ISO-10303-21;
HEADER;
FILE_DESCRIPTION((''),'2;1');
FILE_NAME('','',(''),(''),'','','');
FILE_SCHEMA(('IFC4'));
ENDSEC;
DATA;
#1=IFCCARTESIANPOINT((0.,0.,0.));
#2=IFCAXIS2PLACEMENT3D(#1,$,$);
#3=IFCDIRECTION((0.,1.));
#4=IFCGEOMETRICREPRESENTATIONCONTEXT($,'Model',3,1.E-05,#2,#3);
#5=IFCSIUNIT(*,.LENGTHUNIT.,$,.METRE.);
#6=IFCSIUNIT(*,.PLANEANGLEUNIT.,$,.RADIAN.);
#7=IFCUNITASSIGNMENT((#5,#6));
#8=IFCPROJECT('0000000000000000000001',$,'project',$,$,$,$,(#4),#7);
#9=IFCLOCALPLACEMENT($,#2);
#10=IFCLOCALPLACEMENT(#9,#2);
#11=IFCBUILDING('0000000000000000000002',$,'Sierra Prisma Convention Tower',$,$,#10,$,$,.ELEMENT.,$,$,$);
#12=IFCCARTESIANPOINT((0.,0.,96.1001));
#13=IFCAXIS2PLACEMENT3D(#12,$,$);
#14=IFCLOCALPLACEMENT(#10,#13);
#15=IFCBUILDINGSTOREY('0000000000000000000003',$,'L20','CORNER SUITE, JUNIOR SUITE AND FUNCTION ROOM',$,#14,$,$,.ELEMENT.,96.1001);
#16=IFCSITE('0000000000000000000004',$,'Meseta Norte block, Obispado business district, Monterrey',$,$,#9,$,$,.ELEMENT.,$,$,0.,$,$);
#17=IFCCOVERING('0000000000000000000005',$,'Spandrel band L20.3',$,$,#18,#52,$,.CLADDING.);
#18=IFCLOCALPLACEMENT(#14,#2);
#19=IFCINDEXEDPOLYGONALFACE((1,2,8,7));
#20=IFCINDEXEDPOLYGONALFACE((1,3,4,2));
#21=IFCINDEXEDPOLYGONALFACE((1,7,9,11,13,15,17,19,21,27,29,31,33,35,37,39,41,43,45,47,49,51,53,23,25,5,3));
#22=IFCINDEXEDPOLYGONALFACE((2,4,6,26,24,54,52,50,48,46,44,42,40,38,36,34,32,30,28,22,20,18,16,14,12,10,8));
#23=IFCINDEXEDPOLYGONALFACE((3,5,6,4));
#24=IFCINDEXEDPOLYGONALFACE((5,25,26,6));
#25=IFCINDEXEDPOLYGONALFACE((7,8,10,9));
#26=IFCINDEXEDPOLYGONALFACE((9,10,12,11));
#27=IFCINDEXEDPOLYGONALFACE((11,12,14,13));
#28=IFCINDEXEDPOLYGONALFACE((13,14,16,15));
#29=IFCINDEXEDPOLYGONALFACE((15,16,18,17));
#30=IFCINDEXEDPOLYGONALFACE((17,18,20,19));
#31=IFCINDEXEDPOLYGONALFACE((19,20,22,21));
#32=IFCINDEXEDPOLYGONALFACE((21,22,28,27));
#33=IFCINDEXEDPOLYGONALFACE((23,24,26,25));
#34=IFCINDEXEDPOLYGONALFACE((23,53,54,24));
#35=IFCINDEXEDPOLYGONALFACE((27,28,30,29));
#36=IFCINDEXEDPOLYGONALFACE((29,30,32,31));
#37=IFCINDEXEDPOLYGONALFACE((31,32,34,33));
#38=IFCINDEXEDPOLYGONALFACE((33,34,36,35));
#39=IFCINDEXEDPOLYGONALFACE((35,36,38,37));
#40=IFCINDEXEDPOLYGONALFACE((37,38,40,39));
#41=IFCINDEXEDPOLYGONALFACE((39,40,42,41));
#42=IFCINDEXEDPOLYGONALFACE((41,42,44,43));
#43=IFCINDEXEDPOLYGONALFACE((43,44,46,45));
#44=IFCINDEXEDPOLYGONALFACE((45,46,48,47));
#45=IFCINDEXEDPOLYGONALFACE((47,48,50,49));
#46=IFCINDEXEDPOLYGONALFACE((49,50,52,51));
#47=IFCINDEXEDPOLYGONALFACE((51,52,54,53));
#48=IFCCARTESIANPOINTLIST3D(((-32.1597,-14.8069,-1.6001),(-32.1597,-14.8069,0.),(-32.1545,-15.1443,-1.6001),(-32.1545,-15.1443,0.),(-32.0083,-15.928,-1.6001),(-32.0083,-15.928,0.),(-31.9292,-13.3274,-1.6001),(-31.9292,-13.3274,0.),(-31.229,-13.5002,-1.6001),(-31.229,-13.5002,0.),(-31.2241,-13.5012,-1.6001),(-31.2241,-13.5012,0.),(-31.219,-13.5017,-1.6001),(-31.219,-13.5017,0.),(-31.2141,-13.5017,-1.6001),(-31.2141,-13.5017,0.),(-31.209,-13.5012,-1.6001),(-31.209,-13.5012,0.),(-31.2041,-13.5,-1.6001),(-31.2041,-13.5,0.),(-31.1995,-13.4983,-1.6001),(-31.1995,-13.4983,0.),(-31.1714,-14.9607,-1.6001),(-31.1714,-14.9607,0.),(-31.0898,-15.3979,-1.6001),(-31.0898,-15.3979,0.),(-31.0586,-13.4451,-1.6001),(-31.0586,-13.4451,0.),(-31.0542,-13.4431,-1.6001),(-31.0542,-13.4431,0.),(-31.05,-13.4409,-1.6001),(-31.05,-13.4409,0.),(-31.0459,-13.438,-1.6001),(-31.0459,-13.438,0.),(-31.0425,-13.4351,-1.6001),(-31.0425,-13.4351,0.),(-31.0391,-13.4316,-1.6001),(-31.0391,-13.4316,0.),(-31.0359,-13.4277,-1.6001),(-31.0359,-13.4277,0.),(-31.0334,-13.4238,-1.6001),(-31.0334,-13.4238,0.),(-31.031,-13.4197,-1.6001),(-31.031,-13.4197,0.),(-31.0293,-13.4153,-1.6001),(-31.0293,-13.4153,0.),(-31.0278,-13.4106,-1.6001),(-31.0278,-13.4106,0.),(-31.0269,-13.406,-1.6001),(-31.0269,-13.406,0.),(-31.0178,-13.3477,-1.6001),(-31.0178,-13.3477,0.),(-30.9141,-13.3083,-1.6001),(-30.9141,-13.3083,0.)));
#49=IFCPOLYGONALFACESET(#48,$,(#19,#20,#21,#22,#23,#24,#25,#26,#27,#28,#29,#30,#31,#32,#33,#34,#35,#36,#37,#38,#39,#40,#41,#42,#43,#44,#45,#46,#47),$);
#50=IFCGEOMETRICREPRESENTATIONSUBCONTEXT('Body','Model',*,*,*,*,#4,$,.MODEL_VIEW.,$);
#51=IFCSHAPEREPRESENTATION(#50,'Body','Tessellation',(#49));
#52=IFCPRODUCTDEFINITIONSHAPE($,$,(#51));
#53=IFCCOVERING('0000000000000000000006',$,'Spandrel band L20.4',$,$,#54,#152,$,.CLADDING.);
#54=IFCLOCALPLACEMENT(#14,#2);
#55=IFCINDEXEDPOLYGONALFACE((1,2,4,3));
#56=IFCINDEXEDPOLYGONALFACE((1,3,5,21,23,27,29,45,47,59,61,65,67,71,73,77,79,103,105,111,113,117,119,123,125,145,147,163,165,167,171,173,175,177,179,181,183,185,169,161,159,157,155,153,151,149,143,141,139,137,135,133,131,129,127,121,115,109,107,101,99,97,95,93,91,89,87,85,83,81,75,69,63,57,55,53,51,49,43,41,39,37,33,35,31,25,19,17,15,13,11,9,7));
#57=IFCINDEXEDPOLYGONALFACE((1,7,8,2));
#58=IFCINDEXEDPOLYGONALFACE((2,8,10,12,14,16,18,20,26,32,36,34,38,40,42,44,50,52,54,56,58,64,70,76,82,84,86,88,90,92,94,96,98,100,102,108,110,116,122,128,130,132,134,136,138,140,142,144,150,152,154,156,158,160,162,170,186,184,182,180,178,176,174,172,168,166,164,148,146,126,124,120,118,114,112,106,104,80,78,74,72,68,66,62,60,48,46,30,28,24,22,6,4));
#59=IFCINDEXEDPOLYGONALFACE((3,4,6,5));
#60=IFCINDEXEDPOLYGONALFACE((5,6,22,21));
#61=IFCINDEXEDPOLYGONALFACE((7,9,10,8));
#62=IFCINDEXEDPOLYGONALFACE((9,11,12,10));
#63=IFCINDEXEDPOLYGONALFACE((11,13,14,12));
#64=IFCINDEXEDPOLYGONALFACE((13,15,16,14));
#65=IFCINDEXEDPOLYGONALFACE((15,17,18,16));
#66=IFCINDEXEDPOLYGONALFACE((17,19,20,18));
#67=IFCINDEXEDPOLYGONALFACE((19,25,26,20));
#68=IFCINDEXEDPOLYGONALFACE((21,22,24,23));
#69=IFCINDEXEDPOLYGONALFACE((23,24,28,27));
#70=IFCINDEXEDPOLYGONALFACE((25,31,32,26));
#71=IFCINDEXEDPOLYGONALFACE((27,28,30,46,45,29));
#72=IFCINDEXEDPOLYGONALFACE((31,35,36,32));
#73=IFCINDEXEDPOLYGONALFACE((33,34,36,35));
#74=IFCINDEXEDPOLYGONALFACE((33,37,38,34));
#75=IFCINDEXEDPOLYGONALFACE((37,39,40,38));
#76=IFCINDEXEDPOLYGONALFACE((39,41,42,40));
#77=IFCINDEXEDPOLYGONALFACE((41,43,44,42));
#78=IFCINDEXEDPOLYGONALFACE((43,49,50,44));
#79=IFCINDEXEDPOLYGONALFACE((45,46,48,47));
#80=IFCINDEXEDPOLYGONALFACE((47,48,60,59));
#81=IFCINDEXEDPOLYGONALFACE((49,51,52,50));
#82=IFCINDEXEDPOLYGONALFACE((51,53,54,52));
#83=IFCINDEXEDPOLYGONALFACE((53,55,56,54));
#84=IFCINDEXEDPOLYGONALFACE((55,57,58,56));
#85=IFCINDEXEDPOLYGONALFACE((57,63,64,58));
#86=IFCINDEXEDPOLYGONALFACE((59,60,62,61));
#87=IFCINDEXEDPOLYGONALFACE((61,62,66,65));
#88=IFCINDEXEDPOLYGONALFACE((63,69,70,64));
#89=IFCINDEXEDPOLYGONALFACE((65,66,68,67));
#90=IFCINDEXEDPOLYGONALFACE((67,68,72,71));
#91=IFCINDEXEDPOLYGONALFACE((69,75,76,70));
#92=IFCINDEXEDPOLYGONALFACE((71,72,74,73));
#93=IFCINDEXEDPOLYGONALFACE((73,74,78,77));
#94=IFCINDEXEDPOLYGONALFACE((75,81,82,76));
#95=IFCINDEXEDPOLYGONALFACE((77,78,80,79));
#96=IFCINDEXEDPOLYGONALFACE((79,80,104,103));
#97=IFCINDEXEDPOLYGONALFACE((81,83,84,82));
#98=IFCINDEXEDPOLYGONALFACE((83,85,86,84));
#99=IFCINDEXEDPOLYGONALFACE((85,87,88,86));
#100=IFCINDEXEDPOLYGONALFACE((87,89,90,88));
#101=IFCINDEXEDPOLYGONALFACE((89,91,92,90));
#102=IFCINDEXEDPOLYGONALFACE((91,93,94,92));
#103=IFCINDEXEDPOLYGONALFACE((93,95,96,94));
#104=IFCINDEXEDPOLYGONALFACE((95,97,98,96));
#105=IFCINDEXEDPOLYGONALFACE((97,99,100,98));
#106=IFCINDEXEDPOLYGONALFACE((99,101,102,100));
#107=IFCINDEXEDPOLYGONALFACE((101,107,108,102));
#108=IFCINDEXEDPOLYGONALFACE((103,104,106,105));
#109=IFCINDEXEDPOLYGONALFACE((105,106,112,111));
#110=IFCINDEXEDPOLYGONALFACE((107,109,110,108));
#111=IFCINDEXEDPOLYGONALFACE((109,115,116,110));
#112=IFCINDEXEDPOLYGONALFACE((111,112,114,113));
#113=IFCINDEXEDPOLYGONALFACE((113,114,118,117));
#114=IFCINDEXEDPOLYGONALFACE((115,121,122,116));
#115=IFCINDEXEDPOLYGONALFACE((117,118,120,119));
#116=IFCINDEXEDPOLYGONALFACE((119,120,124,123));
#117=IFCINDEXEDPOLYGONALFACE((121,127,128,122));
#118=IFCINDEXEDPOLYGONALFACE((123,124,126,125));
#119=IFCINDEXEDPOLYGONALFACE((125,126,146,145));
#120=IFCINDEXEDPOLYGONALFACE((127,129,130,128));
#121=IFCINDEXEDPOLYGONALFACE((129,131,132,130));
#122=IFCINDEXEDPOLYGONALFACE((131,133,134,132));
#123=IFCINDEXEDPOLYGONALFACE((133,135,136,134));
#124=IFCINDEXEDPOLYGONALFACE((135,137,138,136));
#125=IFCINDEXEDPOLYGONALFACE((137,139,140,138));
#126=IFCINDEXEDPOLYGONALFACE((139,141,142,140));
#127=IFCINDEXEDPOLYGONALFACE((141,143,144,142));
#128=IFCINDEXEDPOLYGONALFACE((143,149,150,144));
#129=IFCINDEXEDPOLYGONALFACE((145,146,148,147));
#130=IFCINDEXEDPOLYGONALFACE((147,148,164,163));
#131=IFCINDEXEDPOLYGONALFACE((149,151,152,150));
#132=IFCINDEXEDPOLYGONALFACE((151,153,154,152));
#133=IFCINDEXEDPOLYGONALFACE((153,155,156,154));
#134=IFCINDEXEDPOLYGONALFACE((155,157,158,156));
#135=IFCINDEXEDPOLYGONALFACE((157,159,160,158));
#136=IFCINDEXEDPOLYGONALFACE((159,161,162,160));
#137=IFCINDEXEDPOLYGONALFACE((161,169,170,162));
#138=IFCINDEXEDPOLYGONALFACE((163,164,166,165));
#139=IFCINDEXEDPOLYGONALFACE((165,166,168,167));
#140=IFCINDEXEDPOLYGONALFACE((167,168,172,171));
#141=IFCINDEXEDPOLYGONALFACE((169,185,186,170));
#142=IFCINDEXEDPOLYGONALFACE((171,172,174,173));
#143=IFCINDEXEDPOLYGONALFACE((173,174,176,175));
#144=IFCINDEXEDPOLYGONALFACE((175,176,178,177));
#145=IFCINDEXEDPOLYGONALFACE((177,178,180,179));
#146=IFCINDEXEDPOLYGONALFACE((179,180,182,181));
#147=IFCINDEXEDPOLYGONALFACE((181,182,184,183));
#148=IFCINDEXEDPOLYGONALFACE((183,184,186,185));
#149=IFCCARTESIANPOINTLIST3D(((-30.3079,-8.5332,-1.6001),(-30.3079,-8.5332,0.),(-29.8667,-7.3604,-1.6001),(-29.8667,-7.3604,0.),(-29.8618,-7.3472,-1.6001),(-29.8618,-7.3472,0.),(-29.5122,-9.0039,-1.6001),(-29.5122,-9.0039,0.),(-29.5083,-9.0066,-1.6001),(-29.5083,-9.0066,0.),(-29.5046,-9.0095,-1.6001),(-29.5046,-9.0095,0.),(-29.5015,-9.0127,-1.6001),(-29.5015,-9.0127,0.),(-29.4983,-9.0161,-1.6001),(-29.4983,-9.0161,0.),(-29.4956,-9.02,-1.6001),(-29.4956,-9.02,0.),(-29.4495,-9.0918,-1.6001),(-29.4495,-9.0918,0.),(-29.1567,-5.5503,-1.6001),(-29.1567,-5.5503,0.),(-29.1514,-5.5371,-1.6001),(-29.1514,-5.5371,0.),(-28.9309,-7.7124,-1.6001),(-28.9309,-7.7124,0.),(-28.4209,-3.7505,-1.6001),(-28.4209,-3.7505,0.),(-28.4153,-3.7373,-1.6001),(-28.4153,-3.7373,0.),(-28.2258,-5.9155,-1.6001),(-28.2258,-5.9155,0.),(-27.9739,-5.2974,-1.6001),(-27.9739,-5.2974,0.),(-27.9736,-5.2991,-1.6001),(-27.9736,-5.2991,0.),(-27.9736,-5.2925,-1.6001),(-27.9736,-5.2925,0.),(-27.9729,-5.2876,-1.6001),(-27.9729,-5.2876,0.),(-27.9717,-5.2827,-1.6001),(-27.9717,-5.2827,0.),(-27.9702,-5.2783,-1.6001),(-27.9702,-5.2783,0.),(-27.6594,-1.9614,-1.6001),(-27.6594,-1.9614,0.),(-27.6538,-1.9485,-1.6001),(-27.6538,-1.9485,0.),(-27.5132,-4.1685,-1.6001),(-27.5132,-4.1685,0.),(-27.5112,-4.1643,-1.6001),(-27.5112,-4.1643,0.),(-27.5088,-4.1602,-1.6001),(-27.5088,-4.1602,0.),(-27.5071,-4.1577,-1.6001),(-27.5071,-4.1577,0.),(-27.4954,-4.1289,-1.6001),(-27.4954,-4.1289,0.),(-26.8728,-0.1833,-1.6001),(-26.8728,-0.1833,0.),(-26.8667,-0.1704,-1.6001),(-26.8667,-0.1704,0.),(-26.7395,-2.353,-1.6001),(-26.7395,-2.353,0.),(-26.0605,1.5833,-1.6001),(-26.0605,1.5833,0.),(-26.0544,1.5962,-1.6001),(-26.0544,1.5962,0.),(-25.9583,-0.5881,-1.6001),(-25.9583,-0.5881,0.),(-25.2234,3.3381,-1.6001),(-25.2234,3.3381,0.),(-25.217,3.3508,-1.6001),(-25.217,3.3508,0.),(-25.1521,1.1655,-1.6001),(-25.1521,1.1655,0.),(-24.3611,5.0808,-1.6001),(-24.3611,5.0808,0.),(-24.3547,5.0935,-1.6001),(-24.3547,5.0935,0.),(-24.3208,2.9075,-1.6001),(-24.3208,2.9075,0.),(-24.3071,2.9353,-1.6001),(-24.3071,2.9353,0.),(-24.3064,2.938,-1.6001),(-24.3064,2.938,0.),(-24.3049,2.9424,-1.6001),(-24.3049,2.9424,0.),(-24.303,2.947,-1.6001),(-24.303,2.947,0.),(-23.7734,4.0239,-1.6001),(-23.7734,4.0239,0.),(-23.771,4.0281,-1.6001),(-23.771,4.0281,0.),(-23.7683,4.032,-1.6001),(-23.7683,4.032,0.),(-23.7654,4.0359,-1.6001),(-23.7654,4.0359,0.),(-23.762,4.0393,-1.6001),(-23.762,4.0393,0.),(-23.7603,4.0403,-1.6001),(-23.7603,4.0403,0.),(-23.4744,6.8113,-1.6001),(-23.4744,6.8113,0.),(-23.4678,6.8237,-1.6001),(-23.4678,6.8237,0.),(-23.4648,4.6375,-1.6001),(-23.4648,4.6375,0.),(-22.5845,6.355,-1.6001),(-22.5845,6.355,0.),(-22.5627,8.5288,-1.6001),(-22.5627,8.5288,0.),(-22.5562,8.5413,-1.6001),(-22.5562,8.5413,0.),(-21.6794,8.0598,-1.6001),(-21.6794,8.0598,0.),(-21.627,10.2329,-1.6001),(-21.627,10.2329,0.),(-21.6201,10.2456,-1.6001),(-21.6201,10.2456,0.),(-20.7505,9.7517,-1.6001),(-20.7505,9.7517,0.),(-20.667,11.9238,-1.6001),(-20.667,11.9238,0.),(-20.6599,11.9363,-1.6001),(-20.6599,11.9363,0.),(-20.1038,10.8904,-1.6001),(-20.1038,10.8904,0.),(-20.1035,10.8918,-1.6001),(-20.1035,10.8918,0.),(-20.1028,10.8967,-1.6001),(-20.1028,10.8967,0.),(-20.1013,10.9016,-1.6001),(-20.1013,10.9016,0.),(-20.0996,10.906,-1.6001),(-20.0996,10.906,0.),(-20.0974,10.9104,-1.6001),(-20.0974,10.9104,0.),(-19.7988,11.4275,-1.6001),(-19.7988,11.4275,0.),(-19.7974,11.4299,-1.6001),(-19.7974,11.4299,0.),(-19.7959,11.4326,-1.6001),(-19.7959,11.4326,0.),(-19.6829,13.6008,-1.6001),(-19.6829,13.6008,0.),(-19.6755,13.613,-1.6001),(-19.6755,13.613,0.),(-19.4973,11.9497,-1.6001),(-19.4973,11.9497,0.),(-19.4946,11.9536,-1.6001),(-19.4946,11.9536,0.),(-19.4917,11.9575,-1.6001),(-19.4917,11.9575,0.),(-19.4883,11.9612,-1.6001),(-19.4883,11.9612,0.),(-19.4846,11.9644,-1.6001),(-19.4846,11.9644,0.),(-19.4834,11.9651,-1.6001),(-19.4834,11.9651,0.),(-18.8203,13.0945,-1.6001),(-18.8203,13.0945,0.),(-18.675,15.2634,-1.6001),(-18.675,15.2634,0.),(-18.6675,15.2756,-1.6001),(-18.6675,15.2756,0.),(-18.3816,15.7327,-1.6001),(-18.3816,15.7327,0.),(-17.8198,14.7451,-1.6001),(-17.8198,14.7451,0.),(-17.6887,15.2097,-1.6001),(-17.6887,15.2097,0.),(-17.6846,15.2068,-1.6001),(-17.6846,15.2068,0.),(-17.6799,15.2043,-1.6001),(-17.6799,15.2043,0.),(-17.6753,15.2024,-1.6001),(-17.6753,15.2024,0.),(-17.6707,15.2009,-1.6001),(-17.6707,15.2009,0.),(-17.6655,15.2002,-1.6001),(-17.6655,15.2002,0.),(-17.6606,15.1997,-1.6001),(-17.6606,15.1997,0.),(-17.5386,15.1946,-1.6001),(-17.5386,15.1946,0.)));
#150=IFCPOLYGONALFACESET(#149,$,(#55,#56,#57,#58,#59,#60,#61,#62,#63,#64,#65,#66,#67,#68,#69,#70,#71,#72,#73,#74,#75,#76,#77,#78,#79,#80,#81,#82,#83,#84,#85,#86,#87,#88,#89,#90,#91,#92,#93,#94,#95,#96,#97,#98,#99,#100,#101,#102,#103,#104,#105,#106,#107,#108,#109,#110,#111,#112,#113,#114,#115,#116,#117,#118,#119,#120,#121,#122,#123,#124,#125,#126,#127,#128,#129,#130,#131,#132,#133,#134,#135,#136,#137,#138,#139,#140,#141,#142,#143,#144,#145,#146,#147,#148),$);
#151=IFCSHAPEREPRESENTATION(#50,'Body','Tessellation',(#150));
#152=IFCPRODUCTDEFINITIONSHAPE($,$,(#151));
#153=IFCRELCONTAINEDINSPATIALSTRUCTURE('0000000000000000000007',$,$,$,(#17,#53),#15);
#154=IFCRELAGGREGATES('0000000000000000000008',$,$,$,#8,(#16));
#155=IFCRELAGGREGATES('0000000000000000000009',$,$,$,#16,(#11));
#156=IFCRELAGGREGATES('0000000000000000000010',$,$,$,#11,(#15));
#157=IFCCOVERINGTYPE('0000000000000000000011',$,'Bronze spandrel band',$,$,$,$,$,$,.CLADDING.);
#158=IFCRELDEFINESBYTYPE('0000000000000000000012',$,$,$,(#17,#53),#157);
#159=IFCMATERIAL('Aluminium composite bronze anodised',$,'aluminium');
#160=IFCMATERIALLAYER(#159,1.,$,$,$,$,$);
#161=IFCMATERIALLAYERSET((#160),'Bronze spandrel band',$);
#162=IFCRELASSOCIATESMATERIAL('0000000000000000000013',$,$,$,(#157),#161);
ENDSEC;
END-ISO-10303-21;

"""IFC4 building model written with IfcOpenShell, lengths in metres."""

from ifc_helpers import new_model, si_unit, direction, frame, origin, place, context, subcontext, project, spatial, polyline, outline, extrude, material, layer, layer_set, type_object, element, save


model = new_model("IFC4")

# Units and contexts
model_context = context("Model", 3, precision=1e-05, world=origin(), true_north=direction((0.0, 1.0)))
body_context = subcontext(model_context, "Body", "Model", "MODEL_VIEW")
ifc_project = project(units=[si_unit("LENGTHUNIT", "METRE"), si_unit("PLANEANGLEUNIT", "RADIAN")], contexts=[model_context])

# Site, building, storey
site_placement = place(None, origin())
site = spatial("IfcSite", under=ifc_project, at=site_placement, Name="Meseta Norte block, Obispado business district, Monterrey", CompositionType="ELEMENT", RefElevation=0.0)
building_placement = place(site_placement, origin())
building = spatial("IfcBuilding", under=site, at=building_placement, Name="Sierra Prisma Convention Tower", CompositionType="ELEMENT")
storey_placement = place(building_placement, frame((0.0, 0.0, 96.1001)))
storey = spatial("IfcBuildingStorey", under=building, at=storey_placement, Name="L20", Description="CORNER SUITE, JUNIOR SUITE AND FUNCTION ROOM", CompositionType="ELEMENT", Elevation=96.1001)

# Coverings
ifc_material_1 = material(Name="Aluminium composite bronze anodised", Category="aluminium")
ifc_layer_1 = layer(ifc_material_1, 1.0)
ifc_layer_set_1 = layer_set([ifc_layer_1], Name="Bronze spandrel band")
covering_type_1 = type_object("IfcCoveringType", Name="Bronze spandrel band", PredefinedType="CLADDING", material=ifc_layer_set_1)
covering_1_placement = place(storey_placement, frame((0.0, 0.0, -1.6001)))
element("IfcCovering", 1, at=covering_1_placement, inside=storey, type_object=covering_type_1, Name="Spandrel band L20.3", PredefinedType="CLADDING", context=body_context, shape_type="SweptSolid", body=[
    extrude(outline(polyline([(-31.0542, -13.4431), (-31.05, -13.4409), (-31.0459, -13.438), (-31.0425, -13.4351), (-31.0391, -13.4316), (-31.0359, -13.4277), (-31.0334, -13.4238), (-31.031, -13.4197), (-31.0293, -13.4153), (-31.0278, -13.4106), (-31.0269, -13.406), (-31.0178, -13.3477), (-30.9141, -13.3083), (-31.1714, -14.9607), (-31.0898, -15.3979), (-32.0083, -15.928), (-32.1545, -15.1443), (-32.1597, -14.8069), (-31.9292, -13.3274), (-31.229, -13.5002), (-31.2241, -13.5012), (-31.219, -13.5017), (-31.2141, -13.5017), (-31.209, -13.5012), (-31.2041, -13.5), (-31.1995, -13.4983), (-31.0586, -13.4451), (-31.0542, -13.4431)])), origin(), (0.0, 0.0, 1.0), 1.6001),
])
covering_2_placement = place(storey_placement, frame((0.0, 0.0, -1.6001)))
element("IfcCovering", 2, at=covering_2_placement, inside=storey, type_object=covering_type_1, Name="Spandrel band L20.4", PredefinedType="CLADDING", context=body_context, shape_type="SweptSolid", body=[
    extrude(outline(polyline([(-24.3547, 5.0935), (-23.4744, 6.8113), (-23.4678, 6.8237), (-22.5627, 8.5288), (-22.5562, 8.5413), (-21.627, 10.2329), (-21.6201, 10.2456), (-20.667, 11.9238), (-20.6599, 11.9363), (-19.6829, 13.6008), (-19.6755, 13.613), (-18.675, 15.2634), (-18.6675, 15.2756), (-18.3816, 15.7327), (-17.6887, 15.2097), (-17.6846, 15.2068), (-17.6799, 15.2043), (-17.6753, 15.2024), (-17.6707, 15.2009), (-17.6655, 15.2002), (-17.6606, 15.1997), (-17.5386, 15.1946), (-17.8198, 14.7451), (-18.8203, 13.0945), (-19.4834, 11.9651), (-19.4846, 11.9644), (-19.4883, 11.9612), (-19.4917, 11.9575), (-19.4946, 11.9536), (-19.4973, 11.9497), (-19.7959, 11.4326), (-19.7974, 11.4299), (-19.7988, 11.4275), (-20.0974, 10.9104), (-20.0996, 10.906), (-20.1013, 10.9016), (-20.1028, 10.8967), (-20.1035, 10.8918), (-20.1038, 10.8904), (-20.7505, 9.7517), (-21.6794, 8.0598), (-22.5845, 6.355), (-23.4648, 4.6375), (-23.7603, 4.0403), (-23.762, 4.0393), (-23.7654, 4.0359), (-23.7683, 4.032), (-23.771, 4.0281), (-23.7734, 4.0239), (-24.303, 2.947), (-24.3049, 2.9424), (-24.3064, 2.938), (-24.3071, 2.9353), (-24.3208, 2.9075), (-25.1521, 1.1655), (-25.9583, -0.5881), (-26.7395, -2.353), (-27.4954, -4.1289), (-27.5071, -4.1577), (-27.5088, -4.1602), (-27.5112, -4.1643), (-27.5132, -4.1685), (-27.9702, -5.2783), (-27.9717, -5.2827), (-27.9729, -5.2876), (-27.9736, -5.2925), (-27.9739, -5.2974), (-27.9736, -5.2991), (-28.2258, -5.9155), (-28.9309, -7.7124), (-29.4495, -9.0918), (-29.4956, -9.02), (-29.4983, -9.0161), (-29.5015, -9.0127), (-29.5046, -9.0095), (-29.5083, -9.0066), (-29.5122, -9.0039), (-30.3079, -8.5332), (-29.8667, -7.3604), (-29.8618, -7.3472), (-29.1567, -5.5503), (-29.1514, -5.5371), (-28.4209, -3.7505), (-28.4153, -3.7373), (-27.6594, -1.9614), (-27.6538, -1.9485), (-26.8728, -0.1833), (-26.8667, -0.1704), (-26.0605, 1.5833), (-26.0544, 1.5962), (-25.2234, 3.3381), (-25.217, 3.3508), (-24.3611, 5.0808), (-24.3547, 5.0935)])), origin(), (0.0, 0.0, 1.0), 1.6001),
])

save(model, "model.ifc")
